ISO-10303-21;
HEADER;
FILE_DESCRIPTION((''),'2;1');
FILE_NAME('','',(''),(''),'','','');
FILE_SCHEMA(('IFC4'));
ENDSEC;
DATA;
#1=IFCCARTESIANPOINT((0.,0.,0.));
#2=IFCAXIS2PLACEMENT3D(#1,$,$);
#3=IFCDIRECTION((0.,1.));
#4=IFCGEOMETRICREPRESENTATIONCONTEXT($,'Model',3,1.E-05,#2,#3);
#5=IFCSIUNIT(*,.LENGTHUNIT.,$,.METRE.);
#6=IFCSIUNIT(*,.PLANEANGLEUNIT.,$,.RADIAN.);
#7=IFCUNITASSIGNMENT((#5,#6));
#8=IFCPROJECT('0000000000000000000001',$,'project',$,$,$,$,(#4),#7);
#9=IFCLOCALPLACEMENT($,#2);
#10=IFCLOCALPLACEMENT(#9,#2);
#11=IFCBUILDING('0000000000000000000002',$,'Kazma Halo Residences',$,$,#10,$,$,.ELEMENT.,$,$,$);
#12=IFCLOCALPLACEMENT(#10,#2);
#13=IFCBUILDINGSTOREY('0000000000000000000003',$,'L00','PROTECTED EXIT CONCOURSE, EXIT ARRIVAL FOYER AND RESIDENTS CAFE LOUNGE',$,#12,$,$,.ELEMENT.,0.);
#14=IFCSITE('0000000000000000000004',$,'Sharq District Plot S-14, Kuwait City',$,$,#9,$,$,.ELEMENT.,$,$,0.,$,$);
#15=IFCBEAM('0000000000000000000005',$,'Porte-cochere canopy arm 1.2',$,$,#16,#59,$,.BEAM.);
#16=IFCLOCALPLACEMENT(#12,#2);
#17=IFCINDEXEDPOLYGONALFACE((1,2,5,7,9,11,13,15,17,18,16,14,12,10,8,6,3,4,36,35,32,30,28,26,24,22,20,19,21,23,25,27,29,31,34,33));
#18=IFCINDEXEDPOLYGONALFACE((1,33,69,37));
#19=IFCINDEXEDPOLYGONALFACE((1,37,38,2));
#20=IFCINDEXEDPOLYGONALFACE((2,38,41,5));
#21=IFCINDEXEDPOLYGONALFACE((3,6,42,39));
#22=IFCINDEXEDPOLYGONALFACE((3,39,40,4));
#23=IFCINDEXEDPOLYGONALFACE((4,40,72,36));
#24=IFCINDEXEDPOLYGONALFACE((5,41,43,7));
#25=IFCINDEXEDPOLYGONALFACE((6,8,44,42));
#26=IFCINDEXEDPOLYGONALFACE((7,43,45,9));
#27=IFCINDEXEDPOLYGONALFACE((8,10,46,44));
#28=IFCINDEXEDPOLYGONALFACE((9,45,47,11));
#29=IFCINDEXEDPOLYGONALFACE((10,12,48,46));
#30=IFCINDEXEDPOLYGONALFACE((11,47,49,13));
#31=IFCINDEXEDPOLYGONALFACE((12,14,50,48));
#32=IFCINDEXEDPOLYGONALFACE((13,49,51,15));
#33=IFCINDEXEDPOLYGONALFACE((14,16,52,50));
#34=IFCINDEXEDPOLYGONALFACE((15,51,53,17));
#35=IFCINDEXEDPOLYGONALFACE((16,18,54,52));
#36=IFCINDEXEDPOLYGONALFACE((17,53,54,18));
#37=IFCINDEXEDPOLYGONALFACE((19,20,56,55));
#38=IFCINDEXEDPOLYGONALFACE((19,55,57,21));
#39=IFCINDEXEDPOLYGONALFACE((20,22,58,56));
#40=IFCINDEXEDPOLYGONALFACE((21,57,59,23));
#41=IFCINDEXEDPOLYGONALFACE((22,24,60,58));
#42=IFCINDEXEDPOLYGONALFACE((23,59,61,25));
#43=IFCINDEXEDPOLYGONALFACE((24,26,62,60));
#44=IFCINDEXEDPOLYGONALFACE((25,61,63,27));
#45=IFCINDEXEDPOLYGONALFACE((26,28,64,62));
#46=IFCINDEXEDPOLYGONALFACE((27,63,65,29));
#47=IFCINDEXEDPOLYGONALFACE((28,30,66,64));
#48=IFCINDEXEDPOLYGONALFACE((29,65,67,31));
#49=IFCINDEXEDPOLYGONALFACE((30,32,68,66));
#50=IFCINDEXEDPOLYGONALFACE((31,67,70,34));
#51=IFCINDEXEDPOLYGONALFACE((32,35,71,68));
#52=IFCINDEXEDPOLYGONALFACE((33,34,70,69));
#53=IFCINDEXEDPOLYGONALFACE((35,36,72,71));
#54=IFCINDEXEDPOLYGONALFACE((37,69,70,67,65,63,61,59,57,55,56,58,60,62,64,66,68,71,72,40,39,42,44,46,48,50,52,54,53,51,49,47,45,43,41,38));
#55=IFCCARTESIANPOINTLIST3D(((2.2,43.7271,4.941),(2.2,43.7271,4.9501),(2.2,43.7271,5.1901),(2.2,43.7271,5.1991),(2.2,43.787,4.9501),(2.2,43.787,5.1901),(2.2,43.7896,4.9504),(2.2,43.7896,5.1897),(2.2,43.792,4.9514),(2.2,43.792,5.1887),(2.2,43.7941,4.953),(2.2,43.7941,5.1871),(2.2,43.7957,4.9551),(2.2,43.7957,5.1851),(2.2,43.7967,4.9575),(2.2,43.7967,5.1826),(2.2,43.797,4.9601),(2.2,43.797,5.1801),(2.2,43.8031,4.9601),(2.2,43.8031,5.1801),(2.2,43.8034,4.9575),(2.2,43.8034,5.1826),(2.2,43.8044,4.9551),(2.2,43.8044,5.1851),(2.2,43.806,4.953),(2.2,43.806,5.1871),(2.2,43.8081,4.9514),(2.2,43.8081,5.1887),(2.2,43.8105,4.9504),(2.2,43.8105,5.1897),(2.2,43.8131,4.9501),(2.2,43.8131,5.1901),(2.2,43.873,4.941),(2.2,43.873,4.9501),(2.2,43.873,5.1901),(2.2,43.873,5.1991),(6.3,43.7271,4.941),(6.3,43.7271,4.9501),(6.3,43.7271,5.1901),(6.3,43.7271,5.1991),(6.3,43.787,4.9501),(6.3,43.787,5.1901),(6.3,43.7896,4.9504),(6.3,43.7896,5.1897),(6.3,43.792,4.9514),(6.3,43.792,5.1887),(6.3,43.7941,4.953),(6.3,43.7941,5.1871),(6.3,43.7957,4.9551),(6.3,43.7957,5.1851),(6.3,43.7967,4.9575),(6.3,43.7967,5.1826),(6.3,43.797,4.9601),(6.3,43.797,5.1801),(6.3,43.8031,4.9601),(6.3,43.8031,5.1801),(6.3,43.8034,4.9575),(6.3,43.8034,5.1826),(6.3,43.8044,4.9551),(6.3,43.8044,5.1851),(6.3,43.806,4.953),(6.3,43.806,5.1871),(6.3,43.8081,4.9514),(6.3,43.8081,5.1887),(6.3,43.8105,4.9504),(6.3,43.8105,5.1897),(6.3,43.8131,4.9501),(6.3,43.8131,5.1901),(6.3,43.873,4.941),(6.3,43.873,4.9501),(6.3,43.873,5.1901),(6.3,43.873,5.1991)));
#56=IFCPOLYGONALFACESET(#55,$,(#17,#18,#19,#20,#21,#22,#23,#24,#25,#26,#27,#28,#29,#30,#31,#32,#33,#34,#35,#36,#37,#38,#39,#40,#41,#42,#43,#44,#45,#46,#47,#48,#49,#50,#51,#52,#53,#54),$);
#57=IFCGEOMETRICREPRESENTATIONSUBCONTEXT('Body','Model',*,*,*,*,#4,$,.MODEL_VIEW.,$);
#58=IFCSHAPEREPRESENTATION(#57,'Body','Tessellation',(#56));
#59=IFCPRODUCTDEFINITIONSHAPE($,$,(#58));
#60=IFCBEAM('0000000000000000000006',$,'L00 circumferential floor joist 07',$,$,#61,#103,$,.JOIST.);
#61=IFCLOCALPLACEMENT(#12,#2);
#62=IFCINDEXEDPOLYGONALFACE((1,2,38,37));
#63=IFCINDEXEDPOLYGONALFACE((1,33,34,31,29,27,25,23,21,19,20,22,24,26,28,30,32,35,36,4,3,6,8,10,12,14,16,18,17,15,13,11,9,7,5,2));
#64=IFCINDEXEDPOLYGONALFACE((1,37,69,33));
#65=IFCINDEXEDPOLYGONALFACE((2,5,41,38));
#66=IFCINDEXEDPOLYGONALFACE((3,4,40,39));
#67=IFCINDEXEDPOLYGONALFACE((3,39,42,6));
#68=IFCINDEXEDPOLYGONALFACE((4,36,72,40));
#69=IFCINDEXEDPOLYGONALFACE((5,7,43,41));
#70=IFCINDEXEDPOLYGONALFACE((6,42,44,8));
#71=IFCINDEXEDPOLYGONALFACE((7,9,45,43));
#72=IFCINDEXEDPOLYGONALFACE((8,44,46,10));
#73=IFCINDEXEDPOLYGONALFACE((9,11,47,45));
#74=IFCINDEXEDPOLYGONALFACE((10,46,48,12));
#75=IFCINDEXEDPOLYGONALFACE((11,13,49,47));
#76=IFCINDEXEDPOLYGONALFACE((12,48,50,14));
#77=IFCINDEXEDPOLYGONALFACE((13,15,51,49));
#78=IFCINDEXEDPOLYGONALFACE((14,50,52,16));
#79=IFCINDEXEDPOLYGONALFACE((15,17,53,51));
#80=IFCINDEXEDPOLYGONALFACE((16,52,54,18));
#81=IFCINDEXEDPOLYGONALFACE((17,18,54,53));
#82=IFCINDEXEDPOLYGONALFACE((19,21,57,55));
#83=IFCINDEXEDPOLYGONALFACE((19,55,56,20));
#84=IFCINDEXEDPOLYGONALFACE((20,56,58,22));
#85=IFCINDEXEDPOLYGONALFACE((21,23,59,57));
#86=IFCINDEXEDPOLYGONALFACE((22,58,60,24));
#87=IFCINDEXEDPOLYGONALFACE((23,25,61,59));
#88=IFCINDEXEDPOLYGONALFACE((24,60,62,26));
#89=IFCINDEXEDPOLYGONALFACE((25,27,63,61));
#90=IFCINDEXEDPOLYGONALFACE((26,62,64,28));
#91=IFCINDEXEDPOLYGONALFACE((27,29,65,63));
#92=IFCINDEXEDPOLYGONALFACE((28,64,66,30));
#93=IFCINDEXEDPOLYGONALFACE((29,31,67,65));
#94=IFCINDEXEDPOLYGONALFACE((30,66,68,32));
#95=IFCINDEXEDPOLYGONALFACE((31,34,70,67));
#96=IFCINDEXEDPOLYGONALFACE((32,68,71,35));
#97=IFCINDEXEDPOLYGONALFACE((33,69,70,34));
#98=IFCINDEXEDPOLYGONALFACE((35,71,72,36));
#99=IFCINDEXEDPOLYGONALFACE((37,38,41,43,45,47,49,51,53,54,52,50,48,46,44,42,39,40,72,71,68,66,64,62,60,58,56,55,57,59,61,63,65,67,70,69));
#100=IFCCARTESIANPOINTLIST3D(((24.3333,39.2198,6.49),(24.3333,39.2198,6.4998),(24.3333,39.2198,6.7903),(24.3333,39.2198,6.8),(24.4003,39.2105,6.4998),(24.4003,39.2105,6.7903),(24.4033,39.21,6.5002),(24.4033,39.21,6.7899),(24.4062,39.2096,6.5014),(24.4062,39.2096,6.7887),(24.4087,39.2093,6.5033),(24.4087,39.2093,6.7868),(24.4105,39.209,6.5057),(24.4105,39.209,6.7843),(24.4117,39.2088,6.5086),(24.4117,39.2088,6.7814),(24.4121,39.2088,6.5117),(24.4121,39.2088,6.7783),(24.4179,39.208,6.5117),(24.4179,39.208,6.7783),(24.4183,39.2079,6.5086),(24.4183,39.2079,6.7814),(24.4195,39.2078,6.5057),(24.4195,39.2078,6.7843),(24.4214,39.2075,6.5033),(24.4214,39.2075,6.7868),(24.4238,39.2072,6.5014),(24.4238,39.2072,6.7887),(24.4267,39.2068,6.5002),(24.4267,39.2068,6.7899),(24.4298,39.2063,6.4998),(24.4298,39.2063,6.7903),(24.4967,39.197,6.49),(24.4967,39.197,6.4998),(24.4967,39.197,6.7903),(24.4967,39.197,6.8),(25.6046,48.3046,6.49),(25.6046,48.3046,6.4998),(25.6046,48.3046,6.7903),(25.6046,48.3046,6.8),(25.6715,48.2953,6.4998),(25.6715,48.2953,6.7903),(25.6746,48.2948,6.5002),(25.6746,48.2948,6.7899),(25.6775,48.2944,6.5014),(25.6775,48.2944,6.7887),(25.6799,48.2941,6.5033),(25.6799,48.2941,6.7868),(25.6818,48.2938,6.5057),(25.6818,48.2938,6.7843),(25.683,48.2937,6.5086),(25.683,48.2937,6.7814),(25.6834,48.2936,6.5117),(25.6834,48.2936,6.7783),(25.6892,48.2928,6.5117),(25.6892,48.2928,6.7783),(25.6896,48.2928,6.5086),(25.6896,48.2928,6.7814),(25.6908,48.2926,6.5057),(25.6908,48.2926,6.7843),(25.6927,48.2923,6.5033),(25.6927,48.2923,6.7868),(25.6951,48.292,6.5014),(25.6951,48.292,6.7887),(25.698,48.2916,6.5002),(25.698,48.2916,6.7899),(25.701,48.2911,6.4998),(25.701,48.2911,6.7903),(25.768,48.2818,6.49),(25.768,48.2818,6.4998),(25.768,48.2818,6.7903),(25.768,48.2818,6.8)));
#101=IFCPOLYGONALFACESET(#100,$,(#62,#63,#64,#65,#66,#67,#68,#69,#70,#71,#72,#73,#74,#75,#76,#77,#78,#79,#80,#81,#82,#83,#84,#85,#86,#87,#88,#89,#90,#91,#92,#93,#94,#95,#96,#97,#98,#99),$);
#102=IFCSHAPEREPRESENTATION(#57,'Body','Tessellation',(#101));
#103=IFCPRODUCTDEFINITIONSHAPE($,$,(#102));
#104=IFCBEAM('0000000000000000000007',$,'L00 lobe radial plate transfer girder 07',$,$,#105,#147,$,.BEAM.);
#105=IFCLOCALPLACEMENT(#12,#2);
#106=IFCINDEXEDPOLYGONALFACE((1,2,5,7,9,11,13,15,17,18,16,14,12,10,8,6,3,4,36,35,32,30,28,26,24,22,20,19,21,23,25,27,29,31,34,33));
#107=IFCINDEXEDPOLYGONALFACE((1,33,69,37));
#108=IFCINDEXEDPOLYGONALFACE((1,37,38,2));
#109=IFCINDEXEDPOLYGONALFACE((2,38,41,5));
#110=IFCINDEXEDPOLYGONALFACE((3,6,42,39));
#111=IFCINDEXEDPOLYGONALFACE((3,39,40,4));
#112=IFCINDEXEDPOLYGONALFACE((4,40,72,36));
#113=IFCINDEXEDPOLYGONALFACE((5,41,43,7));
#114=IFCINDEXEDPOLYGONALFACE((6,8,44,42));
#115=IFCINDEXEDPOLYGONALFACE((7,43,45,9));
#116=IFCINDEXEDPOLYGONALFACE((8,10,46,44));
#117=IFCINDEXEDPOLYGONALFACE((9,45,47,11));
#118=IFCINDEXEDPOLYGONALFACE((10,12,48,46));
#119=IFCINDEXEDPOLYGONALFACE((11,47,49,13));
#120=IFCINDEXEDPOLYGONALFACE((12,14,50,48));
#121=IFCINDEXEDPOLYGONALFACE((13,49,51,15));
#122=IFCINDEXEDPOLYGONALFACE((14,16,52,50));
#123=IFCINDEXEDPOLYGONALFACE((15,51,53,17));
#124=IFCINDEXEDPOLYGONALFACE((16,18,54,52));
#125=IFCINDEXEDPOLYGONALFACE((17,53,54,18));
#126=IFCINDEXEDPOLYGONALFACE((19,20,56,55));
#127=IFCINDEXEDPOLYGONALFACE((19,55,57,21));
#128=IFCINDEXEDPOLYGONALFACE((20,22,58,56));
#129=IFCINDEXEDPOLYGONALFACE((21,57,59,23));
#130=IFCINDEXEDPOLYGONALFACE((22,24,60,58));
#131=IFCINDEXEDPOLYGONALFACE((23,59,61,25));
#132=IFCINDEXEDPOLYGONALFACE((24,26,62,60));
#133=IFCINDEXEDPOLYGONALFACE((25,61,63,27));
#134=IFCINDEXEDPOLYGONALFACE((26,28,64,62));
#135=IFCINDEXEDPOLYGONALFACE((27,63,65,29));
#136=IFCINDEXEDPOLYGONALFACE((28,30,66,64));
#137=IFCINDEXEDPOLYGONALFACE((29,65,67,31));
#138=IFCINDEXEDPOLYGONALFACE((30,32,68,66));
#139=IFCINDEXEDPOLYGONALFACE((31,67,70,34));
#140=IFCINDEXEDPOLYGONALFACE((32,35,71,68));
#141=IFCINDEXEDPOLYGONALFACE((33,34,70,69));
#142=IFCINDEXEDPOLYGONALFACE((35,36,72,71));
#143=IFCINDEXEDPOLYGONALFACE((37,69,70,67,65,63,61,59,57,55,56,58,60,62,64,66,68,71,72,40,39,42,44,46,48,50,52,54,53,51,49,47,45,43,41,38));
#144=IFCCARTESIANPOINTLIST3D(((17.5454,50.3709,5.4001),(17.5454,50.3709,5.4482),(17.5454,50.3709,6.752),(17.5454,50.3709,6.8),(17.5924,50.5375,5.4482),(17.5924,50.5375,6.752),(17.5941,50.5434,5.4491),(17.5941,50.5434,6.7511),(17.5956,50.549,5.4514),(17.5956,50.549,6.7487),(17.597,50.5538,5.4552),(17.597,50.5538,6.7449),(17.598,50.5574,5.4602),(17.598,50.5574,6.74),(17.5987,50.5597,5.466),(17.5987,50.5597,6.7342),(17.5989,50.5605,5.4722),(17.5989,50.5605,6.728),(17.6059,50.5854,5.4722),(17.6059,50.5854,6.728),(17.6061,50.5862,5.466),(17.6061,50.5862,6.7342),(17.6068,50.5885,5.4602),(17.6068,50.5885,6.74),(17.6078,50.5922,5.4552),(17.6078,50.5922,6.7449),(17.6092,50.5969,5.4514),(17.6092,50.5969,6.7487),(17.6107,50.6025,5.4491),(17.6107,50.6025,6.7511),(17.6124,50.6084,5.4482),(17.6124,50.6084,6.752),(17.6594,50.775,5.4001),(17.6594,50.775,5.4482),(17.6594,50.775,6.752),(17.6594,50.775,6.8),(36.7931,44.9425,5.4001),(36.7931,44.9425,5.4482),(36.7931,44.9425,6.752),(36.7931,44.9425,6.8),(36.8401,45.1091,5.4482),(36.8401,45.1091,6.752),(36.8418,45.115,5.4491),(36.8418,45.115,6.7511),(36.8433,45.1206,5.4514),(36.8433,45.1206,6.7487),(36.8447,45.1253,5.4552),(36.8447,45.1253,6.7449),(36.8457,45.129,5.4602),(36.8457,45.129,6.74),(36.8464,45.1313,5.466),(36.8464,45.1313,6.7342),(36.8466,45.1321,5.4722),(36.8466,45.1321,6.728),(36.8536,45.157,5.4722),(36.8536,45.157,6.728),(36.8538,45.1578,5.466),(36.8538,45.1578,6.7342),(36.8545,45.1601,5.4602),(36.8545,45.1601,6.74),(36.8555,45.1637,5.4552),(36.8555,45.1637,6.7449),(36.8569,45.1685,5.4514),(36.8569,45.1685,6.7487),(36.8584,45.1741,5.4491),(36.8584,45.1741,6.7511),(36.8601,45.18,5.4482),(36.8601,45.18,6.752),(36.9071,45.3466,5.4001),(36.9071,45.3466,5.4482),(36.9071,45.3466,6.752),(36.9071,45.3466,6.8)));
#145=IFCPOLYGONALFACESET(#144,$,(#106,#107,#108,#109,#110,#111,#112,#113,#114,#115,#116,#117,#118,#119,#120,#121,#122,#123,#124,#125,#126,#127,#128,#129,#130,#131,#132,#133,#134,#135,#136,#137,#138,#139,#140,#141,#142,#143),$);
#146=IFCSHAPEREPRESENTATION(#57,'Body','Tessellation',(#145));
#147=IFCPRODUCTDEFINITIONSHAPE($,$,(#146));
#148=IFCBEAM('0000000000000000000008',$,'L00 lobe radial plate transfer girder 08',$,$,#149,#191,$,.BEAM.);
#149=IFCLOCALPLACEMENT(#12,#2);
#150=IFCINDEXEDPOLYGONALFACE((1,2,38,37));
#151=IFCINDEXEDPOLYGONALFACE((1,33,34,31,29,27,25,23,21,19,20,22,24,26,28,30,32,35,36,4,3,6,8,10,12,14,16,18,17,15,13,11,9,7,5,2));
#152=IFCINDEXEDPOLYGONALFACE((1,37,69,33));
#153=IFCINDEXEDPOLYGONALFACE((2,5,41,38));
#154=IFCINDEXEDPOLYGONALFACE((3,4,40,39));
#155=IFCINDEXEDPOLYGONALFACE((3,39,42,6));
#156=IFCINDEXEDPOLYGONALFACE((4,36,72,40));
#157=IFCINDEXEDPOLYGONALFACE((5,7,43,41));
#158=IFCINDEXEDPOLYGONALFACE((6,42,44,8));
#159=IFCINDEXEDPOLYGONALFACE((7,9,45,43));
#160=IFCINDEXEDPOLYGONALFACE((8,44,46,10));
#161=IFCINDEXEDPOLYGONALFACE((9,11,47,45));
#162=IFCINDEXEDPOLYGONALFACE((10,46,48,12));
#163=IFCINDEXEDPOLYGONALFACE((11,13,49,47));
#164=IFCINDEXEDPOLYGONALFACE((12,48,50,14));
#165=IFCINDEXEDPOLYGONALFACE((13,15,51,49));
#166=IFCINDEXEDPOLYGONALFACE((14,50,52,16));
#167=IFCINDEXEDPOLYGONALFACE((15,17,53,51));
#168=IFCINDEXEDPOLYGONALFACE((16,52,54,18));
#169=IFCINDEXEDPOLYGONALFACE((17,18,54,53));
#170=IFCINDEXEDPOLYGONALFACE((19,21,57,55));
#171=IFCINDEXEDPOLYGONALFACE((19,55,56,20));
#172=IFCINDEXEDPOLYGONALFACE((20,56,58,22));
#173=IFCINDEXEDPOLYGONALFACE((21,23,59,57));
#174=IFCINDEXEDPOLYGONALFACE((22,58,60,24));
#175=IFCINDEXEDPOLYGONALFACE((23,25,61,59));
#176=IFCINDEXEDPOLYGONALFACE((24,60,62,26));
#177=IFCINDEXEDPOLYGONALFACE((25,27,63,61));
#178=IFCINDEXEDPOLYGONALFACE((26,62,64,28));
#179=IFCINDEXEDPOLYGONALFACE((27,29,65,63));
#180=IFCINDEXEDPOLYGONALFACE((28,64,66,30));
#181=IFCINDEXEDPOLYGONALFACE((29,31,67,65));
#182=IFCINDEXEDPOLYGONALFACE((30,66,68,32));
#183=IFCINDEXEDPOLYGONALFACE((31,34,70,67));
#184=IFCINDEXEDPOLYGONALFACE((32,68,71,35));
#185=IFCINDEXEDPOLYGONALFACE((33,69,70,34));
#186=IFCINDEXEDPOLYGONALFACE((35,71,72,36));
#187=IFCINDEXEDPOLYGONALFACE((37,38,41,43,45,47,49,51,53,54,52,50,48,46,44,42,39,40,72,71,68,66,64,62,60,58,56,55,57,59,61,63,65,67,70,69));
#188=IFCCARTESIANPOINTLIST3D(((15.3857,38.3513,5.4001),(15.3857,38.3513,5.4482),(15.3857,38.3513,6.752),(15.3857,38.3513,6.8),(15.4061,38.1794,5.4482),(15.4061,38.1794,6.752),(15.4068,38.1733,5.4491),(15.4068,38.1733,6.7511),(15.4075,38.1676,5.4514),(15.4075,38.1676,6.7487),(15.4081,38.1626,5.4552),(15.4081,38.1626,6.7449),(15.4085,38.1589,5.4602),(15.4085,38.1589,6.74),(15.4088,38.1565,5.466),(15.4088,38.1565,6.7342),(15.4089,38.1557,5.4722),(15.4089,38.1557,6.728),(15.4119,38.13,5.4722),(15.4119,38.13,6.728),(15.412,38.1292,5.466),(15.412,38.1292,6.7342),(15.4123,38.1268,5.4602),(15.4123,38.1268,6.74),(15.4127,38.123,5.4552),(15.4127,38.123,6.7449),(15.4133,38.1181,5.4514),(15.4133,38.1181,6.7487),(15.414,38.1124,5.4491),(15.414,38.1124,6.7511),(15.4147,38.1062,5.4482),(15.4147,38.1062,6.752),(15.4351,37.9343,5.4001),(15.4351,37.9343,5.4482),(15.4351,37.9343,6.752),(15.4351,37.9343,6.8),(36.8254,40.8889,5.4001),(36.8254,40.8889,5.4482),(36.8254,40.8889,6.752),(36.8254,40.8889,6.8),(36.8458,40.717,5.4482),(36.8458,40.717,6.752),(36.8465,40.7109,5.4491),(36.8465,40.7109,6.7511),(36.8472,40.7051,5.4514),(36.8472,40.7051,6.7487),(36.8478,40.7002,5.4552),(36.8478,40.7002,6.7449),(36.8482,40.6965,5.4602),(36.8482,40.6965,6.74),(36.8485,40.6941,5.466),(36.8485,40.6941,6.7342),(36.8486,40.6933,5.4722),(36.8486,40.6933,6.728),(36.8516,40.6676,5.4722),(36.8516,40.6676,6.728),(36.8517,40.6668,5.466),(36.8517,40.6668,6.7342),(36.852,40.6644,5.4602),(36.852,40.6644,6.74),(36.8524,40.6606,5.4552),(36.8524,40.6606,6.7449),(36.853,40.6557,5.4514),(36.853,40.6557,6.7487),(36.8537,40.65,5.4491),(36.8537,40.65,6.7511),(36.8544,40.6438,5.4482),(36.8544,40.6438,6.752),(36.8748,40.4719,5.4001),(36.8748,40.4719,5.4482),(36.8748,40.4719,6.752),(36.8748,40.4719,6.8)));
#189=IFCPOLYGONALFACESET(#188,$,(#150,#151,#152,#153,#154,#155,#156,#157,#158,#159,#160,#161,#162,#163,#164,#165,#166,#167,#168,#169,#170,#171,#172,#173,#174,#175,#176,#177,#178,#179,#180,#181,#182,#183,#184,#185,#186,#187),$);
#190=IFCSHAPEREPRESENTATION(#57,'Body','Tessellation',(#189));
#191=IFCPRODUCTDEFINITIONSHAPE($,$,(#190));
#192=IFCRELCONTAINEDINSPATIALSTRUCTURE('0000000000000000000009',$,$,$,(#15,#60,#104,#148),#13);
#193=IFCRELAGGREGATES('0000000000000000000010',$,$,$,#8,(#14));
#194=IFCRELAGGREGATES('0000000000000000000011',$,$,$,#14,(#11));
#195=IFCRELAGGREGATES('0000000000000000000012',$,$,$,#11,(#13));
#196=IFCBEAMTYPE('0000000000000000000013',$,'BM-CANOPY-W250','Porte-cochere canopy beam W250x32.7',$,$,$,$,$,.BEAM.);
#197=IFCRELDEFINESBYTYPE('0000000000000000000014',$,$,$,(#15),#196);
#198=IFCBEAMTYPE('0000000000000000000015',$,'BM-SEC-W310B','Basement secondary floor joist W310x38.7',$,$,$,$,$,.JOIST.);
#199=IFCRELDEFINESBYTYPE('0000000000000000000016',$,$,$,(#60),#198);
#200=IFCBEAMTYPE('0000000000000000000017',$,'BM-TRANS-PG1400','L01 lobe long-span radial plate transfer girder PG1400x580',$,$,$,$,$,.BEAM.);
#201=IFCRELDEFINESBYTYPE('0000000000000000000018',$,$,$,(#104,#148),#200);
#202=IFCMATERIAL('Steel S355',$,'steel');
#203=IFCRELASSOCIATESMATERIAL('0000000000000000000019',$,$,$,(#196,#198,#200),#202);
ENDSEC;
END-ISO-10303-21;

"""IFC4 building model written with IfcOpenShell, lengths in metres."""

from ifc_helpers import new_model, si_unit, direction, frame, origin, origin_2d, place, context, subcontext, project, spatial, i_section, extrude, material, material_profile, profile_set, type_object, element, save


model = new_model("IFC4")

# Units and contexts
model_context = context("Model", 3, precision=1e-05, world=origin(), true_north=direction((0.0, 1.0)))
body_context = subcontext(model_context, "Body", "Model", "MODEL_VIEW")
ifc_project = project(units=[si_unit("LENGTHUNIT", "METRE"), si_unit("PLANEANGLEUNIT", "RADIAN")], contexts=[model_context])

# Site, building, storey
site_placement = place(None, origin())
site = spatial("IfcSite", under=ifc_project, at=site_placement, Name="Sharq District Plot S-14, Kuwait City", CompositionType="ELEMENT", RefElevation=0.0)
building_placement = place(site_placement, origin())
building = spatial("IfcBuilding", under=site, at=building_placement, Name="Kazma Halo Residences", CompositionType="ELEMENT")
storey_placement = place(building_placement, origin())
storey = spatial("IfcBuildingStorey", under=building, at=storey_placement, Name="L00", Description="PROTECTED EXIT CONCOURSE, EXIT ARRIVAL FOYER AND RESIDENTS CAFE LOUNGE", CompositionType="ELEMENT", Elevation=0.0)

# Shared definitions
ifc_material_1 = material(Name="Steel S355", Category="steel")

# Beams
ifc_material_profile_1 = material_profile(ifc_material_1, i_section(OverallWidth=0.146, OverallDepth=0.2581, WebThickness=0.0061, FlangeThickness=0.009, FilletRadius=0.01, at=origin_2d()), Name="W250x32.7")
ifc_profile_set_1 = profile_set([ifc_material_profile_1], Name="Steel S355")
beam_type_1 = type_object("IfcBeamType", Name="BM-CANOPY-W250", Description="Porte-cochere canopy beam W250x32.7", PredefinedType="BEAM", material=ifc_profile_set_1)
for number, where, z_axis, x_axis, name in (
    (1, (2.2, 43.8, 5.0701), (1.0, 0.0, 0.0), (0.0, 1.0, 0.0), "Porte-cochere canopy arm 1.2"),
):
    element("IfcBeam", number, at=place(storey_placement, frame(where, z_axis=z_axis, x_axis=x_axis)), inside=storey, type_object=beam_type_1, Name=name, PredefinedType="BEAM", context=body_context, shape_type="SweptSolid", body=[
        extrude(i_section(OverallWidth=0.146, OverallDepth=0.2581, WebThickness=0.0061, FlangeThickness=0.009, FilletRadius=0.01, at=origin_2d()), origin(), (0.0, 0.0, 1.0), 4.1001),
    ])
ifc_material_profile_2 = material_profile(ifc_material_1, i_section(OverallWidth=0.165, OverallDepth=0.3101, WebThickness=0.0059, FlangeThickness=0.0098, FilletRadius=0.012, at=origin_2d()), Name="W310x38.7")
ifc_profile_set_2 = profile_set([ifc_material_profile_2], Name="Steel S355")
beam_type_2 = type_object("IfcBeamType", Name="BM-SEC-W310B", Description="Basement secondary floor joist W310x38.7", PredefinedType="JOIST", material=ifc_profile_set_2)
beam_1_placement = place(storey_placement, frame((25.6863, 48.2932, 6.645), z_axis=(-0.138582, -0.990351, 0.0), x_axis=(0.990351, -0.138582, 0.0)))
element("IfcBeam", 2, at=beam_1_placement, inside=storey, type_object=beam_type_2, Name="L00 circumferential floor joist 07", PredefinedType="JOIST", context=body_context, shape_type="SweptSolid", body=[
    extrude(i_section(OverallWidth=0.165, OverallDepth=0.3101, WebThickness=0.0059, FlangeThickness=0.0098, FilletRadius=0.012, at=origin_2d()), origin(), (0.0, 0.0, 1.0), 9.1733),
])
ifc_material_profile_3 = material_profile(ifc_material_1, i_section(OverallWidth=0.4199, OverallDepth=1.3999, WebThickness=0.0259, FlangeThickness=0.0481, FilletRadius=0.0239, at=origin_2d()), Name="PG1400x580")
ifc_profile_set_3 = profile_set([ifc_material_profile_3], Name="Steel S355")
beam_type_3 = type_object("IfcBeamType", Name="BM-TRANS-PG1400", Description="L01 lobe long-span radial plate transfer girder PG1400x580", PredefinedType="BEAM", material=ifc_profile_set_3)
beam_2_placement = place(storey_placement, frame((36.8501, 45.1445, 6.1001), z_axis=(-0.962455, 0.271442, 0.0), x_axis=(-0.271442, -0.962455, 0.0)))
element("IfcBeam", 3, at=beam_2_placement, inside=storey, type_object=beam_type_3, Name="L00 lobe radial plate transfer girder 07", PredefinedType="BEAM", context=body_context, shape_type="SweptSolid", body=[
    extrude(i_section(OverallWidth=0.4199, OverallDepth=1.3999, WebThickness=0.0259, FlangeThickness=0.0481, FilletRadius=0.0239, at=origin_2d()), origin(), (0.0, 0.0, 1.0), 19.9985),
])
beam_3_placement = place(storey_placement, frame((36.8501, 40.6804, 6.1001), z_axis=(-0.993068, -0.117539, 0.0), x_axis=(0.117539, -0.993068, 0.0)))
element("IfcBeam", 4, at=beam_3_placement, inside=storey, type_object=beam_type_3, Name="L00 lobe radial plate transfer girder 08", PredefinedType="BEAM", context=body_context, shape_type="SweptSolid", body=[
    extrude(i_section(OverallWidth=0.4199, OverallDepth=1.3999, WebThickness=0.0259, FlangeThickness=0.0481, FilletRadius=0.0239, at=origin_2d()), origin(), (0.0, 0.0, 1.0), 21.5894),
])

save(model, "model.ifc")
